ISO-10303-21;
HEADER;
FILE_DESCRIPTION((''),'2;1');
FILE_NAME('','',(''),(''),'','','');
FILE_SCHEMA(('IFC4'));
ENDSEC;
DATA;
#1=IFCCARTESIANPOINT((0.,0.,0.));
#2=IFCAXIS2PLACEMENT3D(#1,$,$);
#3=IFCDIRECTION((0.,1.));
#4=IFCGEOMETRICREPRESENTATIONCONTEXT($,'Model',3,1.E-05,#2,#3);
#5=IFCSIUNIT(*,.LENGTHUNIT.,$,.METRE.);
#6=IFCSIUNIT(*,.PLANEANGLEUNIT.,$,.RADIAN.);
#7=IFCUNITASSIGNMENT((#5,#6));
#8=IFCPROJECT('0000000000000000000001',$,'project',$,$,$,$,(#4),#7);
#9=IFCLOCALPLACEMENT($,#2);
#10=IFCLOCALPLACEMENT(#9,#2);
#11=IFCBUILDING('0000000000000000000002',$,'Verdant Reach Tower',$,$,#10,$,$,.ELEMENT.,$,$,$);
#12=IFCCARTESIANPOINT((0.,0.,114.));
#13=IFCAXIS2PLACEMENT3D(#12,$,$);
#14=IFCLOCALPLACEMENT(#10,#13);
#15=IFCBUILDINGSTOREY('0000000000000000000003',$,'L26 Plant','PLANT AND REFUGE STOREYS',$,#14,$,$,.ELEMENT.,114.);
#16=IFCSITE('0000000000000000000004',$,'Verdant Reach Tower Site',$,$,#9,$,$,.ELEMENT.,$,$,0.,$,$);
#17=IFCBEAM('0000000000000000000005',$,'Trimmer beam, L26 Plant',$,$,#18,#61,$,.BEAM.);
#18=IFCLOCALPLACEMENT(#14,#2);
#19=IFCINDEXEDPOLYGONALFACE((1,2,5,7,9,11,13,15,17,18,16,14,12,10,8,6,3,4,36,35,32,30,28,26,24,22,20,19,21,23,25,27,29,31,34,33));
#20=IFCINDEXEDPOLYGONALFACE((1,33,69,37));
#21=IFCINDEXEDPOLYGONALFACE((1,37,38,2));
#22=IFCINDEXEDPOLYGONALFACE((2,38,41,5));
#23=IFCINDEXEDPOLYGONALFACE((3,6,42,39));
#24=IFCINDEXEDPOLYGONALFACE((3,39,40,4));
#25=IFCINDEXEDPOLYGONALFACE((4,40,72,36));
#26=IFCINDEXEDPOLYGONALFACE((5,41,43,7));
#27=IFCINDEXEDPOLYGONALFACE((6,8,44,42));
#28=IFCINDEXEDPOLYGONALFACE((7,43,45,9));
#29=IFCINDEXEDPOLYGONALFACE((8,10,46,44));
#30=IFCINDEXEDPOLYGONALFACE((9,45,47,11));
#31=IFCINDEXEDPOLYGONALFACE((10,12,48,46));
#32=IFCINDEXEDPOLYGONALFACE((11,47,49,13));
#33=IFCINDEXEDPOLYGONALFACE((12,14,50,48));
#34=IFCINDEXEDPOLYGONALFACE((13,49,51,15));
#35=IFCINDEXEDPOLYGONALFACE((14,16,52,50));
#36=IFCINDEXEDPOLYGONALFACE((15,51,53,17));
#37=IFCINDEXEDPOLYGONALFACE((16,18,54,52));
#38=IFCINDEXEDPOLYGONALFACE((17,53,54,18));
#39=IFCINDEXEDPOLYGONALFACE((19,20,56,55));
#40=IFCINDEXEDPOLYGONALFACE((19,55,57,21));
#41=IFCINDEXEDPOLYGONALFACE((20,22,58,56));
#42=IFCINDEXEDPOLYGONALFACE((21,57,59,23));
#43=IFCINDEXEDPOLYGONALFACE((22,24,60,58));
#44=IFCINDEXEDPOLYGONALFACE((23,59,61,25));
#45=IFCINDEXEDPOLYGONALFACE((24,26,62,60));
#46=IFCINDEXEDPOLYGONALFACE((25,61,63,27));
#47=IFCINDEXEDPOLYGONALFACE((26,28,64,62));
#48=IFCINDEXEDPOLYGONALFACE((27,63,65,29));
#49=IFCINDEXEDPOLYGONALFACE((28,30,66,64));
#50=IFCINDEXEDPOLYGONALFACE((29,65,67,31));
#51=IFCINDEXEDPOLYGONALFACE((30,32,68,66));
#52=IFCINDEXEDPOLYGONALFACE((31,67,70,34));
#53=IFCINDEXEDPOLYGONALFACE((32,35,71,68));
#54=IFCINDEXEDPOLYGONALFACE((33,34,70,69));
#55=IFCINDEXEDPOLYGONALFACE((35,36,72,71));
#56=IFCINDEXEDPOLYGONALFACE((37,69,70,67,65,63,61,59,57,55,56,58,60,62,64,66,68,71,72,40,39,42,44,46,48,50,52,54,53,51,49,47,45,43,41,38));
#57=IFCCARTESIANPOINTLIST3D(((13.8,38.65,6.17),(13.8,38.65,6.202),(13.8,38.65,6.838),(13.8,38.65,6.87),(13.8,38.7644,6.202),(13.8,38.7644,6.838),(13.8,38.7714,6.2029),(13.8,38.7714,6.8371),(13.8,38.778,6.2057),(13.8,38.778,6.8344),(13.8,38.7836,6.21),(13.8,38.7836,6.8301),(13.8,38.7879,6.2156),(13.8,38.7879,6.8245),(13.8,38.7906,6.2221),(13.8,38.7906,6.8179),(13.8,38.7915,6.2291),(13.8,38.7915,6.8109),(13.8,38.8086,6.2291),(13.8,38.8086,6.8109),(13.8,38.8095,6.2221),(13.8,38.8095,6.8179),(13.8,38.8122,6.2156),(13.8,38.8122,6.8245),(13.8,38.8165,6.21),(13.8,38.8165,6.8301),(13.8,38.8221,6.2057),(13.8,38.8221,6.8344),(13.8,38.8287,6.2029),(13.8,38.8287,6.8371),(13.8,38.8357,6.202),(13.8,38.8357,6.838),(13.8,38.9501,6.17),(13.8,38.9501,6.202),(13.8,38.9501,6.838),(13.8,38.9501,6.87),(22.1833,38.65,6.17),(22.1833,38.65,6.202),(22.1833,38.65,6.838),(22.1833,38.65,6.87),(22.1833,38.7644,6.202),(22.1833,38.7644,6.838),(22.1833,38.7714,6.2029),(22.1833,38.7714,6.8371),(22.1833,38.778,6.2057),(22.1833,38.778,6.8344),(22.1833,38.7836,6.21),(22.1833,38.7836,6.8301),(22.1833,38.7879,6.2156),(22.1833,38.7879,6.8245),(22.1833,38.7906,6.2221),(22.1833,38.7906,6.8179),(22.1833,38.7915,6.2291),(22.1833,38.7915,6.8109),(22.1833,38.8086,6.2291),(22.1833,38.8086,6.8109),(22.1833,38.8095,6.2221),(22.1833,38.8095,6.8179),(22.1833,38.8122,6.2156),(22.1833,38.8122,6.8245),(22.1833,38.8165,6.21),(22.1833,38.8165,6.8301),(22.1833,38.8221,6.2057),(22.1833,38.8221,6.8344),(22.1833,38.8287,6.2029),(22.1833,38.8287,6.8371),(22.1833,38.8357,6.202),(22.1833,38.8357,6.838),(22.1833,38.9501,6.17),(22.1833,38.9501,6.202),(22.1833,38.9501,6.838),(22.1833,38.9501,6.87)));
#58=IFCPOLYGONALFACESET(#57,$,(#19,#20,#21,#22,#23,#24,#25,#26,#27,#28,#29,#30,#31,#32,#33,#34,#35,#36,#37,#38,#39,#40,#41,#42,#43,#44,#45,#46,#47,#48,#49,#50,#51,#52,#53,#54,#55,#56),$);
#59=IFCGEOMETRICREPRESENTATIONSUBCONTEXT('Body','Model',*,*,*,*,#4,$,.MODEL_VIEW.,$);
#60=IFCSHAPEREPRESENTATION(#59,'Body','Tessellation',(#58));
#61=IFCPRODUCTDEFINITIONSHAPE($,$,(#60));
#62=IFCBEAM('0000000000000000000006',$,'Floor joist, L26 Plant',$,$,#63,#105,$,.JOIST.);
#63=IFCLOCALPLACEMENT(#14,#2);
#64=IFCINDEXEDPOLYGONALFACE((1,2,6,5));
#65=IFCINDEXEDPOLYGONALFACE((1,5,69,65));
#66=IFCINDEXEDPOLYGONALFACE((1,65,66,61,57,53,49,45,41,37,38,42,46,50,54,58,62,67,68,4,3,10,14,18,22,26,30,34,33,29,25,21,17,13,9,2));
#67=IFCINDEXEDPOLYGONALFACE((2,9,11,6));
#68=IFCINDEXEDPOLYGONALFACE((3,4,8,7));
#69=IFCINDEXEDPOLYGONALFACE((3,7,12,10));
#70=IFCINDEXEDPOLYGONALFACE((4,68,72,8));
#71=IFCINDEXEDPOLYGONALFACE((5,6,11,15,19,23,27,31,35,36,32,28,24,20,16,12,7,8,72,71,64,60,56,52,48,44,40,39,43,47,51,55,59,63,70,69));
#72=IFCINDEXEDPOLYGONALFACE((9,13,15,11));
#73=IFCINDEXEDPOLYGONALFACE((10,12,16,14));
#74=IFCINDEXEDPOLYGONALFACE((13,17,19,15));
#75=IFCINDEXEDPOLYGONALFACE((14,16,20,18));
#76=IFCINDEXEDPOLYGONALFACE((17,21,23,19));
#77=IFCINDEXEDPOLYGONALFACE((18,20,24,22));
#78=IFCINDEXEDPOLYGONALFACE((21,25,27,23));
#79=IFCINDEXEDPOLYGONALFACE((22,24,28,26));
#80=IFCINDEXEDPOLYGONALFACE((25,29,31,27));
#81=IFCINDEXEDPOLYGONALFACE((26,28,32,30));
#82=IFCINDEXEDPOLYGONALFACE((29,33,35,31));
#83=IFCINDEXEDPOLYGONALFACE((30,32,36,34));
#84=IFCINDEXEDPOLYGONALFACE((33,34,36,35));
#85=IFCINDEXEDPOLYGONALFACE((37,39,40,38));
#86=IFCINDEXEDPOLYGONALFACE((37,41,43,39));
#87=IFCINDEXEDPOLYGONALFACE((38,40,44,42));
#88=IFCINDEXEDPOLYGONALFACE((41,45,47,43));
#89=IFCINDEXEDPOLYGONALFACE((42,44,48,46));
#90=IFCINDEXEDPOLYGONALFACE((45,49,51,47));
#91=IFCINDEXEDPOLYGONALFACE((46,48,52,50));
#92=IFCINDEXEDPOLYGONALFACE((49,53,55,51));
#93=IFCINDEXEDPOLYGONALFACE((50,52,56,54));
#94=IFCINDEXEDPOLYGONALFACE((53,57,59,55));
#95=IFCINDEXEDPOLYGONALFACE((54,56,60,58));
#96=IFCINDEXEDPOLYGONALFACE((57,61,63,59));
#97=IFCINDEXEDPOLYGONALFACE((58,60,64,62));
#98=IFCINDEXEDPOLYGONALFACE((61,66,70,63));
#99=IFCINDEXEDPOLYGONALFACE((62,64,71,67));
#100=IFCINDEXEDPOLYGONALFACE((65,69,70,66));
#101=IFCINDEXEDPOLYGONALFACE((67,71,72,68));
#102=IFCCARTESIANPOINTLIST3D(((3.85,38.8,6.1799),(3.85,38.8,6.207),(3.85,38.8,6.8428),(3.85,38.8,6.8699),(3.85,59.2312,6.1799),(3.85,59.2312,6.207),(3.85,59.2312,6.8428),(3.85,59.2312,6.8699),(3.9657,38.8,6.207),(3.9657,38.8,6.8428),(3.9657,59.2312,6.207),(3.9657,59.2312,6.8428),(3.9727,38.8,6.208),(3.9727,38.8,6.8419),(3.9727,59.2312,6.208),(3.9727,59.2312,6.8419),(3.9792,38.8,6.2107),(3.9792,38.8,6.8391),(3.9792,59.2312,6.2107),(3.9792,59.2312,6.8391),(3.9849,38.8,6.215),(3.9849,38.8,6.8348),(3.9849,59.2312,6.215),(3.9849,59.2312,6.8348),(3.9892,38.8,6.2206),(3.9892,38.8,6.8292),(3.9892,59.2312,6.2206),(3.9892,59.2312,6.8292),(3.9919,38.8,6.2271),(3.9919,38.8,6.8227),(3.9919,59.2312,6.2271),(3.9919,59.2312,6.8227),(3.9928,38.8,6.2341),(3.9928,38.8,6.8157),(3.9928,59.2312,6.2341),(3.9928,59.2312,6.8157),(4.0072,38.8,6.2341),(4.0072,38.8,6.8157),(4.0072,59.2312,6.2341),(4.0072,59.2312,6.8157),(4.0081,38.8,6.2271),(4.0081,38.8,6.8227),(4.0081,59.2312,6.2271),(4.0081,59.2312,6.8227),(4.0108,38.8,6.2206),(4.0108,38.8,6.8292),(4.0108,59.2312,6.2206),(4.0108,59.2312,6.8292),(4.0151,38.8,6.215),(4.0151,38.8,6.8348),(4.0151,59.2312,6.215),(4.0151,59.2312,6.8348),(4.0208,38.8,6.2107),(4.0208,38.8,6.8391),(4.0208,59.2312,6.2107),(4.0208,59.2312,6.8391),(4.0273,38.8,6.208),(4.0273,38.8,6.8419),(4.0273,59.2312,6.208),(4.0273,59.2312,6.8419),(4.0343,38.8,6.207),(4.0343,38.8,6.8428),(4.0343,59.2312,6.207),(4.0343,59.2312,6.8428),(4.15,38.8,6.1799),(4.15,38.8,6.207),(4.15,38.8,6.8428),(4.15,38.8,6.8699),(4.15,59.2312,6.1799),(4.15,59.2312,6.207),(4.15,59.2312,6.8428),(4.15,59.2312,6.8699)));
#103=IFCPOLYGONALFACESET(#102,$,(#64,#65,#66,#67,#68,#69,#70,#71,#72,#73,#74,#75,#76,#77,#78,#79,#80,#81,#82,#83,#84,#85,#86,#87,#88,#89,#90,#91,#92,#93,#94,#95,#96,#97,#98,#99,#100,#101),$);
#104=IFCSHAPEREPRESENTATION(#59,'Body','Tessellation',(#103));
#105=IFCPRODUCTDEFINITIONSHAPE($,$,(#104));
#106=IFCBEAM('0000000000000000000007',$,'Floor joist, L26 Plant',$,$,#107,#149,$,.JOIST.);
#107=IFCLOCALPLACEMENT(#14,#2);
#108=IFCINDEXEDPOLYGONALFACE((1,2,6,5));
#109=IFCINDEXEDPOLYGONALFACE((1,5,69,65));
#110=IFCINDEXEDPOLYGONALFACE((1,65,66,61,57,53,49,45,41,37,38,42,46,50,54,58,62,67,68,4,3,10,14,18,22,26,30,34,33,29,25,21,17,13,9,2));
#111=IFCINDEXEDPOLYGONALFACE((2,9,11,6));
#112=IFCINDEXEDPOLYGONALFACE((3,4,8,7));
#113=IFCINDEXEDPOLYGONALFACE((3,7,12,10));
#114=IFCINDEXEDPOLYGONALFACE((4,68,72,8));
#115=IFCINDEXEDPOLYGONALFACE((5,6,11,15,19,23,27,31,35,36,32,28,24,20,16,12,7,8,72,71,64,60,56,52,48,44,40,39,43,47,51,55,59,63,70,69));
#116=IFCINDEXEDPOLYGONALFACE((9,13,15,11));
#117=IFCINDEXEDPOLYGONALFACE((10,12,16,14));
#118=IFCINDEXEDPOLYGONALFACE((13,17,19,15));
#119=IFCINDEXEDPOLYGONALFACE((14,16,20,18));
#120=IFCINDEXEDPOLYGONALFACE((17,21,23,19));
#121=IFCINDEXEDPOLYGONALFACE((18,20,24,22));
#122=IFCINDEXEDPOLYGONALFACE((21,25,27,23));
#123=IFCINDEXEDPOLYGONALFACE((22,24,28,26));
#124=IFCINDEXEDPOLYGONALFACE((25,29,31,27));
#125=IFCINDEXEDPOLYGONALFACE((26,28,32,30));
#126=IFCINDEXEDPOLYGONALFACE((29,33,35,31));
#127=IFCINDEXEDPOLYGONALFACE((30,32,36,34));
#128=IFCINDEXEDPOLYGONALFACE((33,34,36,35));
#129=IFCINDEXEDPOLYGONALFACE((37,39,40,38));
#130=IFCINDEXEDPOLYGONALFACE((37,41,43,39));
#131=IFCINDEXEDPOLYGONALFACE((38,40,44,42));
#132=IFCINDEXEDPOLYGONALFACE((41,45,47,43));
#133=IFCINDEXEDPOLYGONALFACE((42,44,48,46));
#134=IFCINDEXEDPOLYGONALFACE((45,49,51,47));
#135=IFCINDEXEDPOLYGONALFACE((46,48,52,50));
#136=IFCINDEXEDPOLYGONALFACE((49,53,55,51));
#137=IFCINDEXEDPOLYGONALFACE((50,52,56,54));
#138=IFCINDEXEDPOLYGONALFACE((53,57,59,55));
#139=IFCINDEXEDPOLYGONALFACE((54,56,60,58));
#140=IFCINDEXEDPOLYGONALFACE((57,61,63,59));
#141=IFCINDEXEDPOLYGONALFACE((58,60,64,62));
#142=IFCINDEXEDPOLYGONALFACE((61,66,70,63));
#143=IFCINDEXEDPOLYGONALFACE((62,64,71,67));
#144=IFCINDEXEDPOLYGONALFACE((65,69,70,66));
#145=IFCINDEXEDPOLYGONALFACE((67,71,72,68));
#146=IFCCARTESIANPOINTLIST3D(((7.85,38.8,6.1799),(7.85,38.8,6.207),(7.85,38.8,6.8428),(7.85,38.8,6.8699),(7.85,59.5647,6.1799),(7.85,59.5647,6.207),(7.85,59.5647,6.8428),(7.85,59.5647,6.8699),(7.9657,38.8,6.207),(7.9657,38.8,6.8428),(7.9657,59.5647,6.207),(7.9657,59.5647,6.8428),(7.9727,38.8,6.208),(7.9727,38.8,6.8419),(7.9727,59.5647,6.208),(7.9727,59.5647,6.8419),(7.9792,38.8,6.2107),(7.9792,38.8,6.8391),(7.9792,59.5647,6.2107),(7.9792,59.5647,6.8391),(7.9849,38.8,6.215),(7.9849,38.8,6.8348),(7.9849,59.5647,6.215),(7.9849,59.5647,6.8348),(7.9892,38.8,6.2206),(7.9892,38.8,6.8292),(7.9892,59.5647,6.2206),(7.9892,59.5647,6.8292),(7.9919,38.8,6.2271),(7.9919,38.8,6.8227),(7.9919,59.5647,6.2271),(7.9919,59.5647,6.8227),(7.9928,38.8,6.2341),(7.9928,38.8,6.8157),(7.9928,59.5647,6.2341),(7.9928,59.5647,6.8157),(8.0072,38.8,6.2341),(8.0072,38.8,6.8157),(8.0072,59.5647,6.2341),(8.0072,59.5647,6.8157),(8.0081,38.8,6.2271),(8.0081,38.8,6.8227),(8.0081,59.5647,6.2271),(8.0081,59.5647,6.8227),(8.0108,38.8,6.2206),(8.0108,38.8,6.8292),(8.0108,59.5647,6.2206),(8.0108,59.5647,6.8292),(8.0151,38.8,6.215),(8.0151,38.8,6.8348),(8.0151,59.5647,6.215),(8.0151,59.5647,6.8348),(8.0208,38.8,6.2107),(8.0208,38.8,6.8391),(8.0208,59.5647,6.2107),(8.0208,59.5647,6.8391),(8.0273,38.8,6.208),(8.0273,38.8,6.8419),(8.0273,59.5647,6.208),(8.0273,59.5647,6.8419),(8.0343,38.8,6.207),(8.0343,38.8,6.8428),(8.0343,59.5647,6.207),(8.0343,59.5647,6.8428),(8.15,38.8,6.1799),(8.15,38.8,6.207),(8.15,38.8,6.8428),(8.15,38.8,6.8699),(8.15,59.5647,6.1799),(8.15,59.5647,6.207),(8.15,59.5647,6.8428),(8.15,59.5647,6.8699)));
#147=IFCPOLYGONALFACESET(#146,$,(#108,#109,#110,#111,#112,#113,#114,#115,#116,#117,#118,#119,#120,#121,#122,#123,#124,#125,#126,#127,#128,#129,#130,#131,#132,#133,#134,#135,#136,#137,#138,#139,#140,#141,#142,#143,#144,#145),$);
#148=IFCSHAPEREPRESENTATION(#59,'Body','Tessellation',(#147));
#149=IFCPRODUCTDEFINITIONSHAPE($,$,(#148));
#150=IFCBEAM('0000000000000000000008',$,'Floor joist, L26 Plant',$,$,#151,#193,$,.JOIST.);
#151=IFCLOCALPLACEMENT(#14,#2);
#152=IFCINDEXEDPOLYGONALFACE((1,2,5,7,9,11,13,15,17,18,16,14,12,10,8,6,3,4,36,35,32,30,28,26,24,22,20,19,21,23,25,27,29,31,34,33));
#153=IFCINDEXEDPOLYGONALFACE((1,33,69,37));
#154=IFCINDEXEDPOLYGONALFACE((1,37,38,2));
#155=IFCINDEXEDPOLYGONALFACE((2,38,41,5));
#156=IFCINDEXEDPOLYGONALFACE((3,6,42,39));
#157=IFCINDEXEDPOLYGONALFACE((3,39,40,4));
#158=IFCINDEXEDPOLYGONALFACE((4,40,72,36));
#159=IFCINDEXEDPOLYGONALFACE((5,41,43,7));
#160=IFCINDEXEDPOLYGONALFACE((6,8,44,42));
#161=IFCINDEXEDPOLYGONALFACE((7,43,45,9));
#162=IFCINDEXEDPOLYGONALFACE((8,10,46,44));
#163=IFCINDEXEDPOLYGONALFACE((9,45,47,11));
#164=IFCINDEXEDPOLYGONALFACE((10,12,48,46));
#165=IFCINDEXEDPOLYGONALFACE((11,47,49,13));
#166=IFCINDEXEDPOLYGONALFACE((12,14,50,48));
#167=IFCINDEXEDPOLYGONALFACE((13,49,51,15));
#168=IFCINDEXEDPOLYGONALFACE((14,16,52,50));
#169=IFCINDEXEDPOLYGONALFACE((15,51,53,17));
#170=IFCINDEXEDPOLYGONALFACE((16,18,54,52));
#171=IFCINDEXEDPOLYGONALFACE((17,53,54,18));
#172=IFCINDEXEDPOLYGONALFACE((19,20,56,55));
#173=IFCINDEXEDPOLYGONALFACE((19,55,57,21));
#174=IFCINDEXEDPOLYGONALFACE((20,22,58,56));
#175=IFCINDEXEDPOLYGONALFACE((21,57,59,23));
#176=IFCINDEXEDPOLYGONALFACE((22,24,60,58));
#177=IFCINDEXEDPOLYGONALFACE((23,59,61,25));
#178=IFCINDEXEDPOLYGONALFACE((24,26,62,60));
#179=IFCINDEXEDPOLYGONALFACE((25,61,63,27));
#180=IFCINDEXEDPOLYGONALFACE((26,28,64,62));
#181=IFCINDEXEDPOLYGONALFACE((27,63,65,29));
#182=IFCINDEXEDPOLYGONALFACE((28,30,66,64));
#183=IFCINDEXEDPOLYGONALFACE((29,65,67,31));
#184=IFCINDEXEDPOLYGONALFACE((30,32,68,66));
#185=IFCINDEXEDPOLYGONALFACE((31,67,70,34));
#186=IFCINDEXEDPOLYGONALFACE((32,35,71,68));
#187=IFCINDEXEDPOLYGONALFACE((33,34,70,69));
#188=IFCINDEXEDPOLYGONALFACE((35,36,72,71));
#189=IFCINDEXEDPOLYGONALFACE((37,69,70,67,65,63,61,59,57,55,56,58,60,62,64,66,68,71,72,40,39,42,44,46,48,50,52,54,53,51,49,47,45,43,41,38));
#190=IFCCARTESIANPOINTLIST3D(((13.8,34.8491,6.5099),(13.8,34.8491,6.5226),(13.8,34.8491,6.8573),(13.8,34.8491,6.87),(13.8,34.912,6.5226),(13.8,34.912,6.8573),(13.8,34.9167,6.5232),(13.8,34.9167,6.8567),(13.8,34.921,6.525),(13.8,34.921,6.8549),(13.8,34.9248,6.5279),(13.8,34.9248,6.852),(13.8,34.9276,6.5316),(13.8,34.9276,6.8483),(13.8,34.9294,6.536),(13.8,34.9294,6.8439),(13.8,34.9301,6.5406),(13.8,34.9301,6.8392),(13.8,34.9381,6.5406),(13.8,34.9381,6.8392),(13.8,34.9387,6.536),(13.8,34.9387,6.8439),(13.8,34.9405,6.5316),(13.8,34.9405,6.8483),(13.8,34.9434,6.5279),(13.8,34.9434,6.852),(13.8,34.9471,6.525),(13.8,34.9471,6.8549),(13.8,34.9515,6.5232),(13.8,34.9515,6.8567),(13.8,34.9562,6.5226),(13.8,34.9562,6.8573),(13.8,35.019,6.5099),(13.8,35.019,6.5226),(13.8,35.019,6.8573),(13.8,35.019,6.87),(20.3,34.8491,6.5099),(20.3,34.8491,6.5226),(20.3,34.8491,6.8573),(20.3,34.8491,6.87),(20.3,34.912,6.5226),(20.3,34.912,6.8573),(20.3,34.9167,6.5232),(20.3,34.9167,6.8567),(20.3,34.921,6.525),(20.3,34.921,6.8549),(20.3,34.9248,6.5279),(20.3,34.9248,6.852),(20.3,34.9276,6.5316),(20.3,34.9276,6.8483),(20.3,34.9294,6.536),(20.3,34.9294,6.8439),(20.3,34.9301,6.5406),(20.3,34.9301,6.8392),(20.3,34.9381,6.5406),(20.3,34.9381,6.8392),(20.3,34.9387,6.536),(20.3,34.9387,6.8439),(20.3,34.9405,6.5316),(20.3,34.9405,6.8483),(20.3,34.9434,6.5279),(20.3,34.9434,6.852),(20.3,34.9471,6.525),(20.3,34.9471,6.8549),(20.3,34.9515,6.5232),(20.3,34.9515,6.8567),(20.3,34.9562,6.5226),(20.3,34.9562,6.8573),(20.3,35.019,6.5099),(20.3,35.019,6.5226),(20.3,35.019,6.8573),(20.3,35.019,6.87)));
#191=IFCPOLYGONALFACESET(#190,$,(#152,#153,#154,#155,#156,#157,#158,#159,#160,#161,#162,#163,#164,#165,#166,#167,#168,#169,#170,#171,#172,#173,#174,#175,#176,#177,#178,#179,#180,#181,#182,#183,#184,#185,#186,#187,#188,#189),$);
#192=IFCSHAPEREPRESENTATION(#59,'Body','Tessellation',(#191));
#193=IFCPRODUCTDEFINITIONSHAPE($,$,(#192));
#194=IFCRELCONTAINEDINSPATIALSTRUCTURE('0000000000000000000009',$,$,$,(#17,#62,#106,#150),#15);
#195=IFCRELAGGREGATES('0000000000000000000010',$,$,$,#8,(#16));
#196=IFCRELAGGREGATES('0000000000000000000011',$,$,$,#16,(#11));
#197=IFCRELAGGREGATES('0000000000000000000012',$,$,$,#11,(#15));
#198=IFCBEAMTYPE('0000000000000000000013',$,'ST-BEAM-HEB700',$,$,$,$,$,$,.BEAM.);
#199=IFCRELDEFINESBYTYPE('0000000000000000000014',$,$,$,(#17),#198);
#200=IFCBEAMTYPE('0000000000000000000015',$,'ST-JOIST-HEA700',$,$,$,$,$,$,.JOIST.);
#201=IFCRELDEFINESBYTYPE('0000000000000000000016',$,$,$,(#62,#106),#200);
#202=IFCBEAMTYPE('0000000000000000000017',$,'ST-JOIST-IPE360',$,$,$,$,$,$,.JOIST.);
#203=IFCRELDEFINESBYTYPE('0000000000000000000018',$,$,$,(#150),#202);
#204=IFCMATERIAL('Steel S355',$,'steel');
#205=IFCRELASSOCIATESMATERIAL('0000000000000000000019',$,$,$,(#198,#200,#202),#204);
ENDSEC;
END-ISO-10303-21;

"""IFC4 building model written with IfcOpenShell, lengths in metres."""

from ifc_helpers import new_model, si_unit, direction, frame, origin, origin_2d, place, context, subcontext, project, spatial, i_section, extrude, material, material_profile, profile_set, type_object, element, save


model = new_model("IFC4")

# Units and contexts
model_context = context("Model", 3, precision=1e-05, world=origin(), true_north=direction((0.0, 1.0)))
body_context = subcontext(model_context, "Body", "Model", "MODEL_VIEW")
ifc_project = project(units=[si_unit("LENGTHUNIT", "METRE"), si_unit("PLANEANGLEUNIT", "RADIAN")], contexts=[model_context])

# Site, building, storey
site_placement = place(None, origin())
site = spatial("IfcSite", under=ifc_project, at=site_placement, Name="Verdant Reach Tower Site", CompositionType="ELEMENT", RefElevation=0.0)
building_placement = place(site_placement, origin())
building = spatial("IfcBuilding", under=site, at=building_placement, Name="Verdant Reach Tower", CompositionType="ELEMENT")
storey_placement = place(building_placement, frame((0.0, 0.0, 114.0)))
storey = spatial("IfcBuildingStorey", under=building, at=storey_placement, Name="L26 Plant", Description="PLANT AND REFUGE STOREYS", CompositionType="ELEMENT", Elevation=114.0)

# Beams
ifc_material_1 = material(Name="Steel S355", Category="steel")
ifc_material_profile_1 = material_profile(ifc_material_1, i_section(OverallWidth=0.3, OverallDepth=0.7, WebThickness=0.0171, FlangeThickness=0.032, FilletRadius=0.0271, at=origin_2d()), Name="HEB 700")
ifc_profile_set_1 = profile_set([ifc_material_profile_1], Name="Steel S355")
beam_type_1 = type_object("IfcBeamType", Name="ST-BEAM-HEB700", PredefinedType="BEAM", material=ifc_profile_set_1)
beam_1_placement = place(storey_placement, frame((13.8, 38.8, 6.52), z_axis=(1.0, 0.0, 0.0), x_axis=(0.0, 1.0, 0.0)))
element("IfcBeam", 1, at=beam_1_placement, inside=storey, type_object=beam_type_1, Name="Trimmer beam, L26 Plant", PredefinedType="BEAM", context=body_context, shape_type="SweptSolid", body=[
    extrude(i_section(OverallWidth=0.3, OverallDepth=0.7, WebThickness=0.0171, FlangeThickness=0.032, FilletRadius=0.0271, at=origin_2d()), origin(), (0.0, 0.0, 1.0), 8.3833),
])
ifc_material_profile_2 = material_profile(ifc_material_1, i_section(OverallWidth=0.3, OverallDepth=0.6899, WebThickness=0.0144, FlangeThickness=0.0271, FilletRadius=0.0271, at=origin_2d()), Name="HEA 700")
ifc_profile_set_2 = profile_set([ifc_material_profile_2], Name="Steel S355")
beam_type_2 = type_object("IfcBeamType", Name="ST-JOIST-HEA700", PredefinedType="JOIST", material=ifc_profile_set_2)
beam_2_placement = place(storey_placement, frame((4.0, 38.8, 6.5249), z_axis=(0.0, 1.0, 0.0), x_axis=(-1.0, 0.0, 0.0)))
element("IfcBeam", 2, at=beam_2_placement, inside=storey, type_object=beam_type_2, Name="Floor joist, L26 Plant", PredefinedType="JOIST", context=body_context, shape_type="SweptSolid", body=[
    extrude(i_section(OverallWidth=0.3, OverallDepth=0.6899, WebThickness=0.0144, FlangeThickness=0.0271, FilletRadius=0.0271, at=origin_2d()), origin(), (0.0, 0.0, 1.0), 20.4312),
])
beam_3_placement = place(storey_placement, frame((8.0, 38.8, 6.5249), z_axis=(0.0, 1.0, 0.0), x_axis=(-1.0, 0.0, 0.0)))
element("IfcBeam", 3, at=beam_3_placement, inside=storey, type_object=beam_type_2, Name="Floor joist, L26 Plant", PredefinedType="JOIST", context=body_context, shape_type="SweptSolid", body=[
    extrude(i_section(OverallWidth=0.3, OverallDepth=0.6899, WebThickness=0.0144, FlangeThickness=0.0271, FilletRadius=0.0271, at=origin_2d()), origin(), (0.0, 0.0, 1.0), 20.7646),
])
ifc_material_profile_3 = material_profile(ifc_material_1, i_section(OverallWidth=0.1699, OverallDepth=0.3601, WebThickness=0.0081, FlangeThickness=0.0127, FilletRadius=0.0181, at=origin_2d()), Name="IPE 360")
ifc_profile_set_3 = profile_set([ifc_material_profile_3], Name="Steel S355")
beam_type_3 = type_object("IfcBeamType", Name="ST-JOIST-IPE360", PredefinedType="JOIST", material=ifc_profile_set_3)
beam_4_placement = place(storey_placement, frame((13.8, 34.9341, 6.6899), z_axis=(1.0, 0.0, 0.0), x_axis=(0.0, 1.0, 0.0)))
element("IfcBeam", 4, at=beam_4_placement, inside=storey, type_object=beam_type_3, Name="Floor joist, L26 Plant", PredefinedType="JOIST", context=body_context, shape_type="SweptSolid", body=[
    extrude(i_section(OverallWidth=0.1699, OverallDepth=0.3601, WebThickness=0.0081, FlangeThickness=0.0127, FilletRadius=0.0181, at=origin_2d()), origin(), (0.0, 0.0, 1.0), 6.5),
])

save(model, "model.ifc")
